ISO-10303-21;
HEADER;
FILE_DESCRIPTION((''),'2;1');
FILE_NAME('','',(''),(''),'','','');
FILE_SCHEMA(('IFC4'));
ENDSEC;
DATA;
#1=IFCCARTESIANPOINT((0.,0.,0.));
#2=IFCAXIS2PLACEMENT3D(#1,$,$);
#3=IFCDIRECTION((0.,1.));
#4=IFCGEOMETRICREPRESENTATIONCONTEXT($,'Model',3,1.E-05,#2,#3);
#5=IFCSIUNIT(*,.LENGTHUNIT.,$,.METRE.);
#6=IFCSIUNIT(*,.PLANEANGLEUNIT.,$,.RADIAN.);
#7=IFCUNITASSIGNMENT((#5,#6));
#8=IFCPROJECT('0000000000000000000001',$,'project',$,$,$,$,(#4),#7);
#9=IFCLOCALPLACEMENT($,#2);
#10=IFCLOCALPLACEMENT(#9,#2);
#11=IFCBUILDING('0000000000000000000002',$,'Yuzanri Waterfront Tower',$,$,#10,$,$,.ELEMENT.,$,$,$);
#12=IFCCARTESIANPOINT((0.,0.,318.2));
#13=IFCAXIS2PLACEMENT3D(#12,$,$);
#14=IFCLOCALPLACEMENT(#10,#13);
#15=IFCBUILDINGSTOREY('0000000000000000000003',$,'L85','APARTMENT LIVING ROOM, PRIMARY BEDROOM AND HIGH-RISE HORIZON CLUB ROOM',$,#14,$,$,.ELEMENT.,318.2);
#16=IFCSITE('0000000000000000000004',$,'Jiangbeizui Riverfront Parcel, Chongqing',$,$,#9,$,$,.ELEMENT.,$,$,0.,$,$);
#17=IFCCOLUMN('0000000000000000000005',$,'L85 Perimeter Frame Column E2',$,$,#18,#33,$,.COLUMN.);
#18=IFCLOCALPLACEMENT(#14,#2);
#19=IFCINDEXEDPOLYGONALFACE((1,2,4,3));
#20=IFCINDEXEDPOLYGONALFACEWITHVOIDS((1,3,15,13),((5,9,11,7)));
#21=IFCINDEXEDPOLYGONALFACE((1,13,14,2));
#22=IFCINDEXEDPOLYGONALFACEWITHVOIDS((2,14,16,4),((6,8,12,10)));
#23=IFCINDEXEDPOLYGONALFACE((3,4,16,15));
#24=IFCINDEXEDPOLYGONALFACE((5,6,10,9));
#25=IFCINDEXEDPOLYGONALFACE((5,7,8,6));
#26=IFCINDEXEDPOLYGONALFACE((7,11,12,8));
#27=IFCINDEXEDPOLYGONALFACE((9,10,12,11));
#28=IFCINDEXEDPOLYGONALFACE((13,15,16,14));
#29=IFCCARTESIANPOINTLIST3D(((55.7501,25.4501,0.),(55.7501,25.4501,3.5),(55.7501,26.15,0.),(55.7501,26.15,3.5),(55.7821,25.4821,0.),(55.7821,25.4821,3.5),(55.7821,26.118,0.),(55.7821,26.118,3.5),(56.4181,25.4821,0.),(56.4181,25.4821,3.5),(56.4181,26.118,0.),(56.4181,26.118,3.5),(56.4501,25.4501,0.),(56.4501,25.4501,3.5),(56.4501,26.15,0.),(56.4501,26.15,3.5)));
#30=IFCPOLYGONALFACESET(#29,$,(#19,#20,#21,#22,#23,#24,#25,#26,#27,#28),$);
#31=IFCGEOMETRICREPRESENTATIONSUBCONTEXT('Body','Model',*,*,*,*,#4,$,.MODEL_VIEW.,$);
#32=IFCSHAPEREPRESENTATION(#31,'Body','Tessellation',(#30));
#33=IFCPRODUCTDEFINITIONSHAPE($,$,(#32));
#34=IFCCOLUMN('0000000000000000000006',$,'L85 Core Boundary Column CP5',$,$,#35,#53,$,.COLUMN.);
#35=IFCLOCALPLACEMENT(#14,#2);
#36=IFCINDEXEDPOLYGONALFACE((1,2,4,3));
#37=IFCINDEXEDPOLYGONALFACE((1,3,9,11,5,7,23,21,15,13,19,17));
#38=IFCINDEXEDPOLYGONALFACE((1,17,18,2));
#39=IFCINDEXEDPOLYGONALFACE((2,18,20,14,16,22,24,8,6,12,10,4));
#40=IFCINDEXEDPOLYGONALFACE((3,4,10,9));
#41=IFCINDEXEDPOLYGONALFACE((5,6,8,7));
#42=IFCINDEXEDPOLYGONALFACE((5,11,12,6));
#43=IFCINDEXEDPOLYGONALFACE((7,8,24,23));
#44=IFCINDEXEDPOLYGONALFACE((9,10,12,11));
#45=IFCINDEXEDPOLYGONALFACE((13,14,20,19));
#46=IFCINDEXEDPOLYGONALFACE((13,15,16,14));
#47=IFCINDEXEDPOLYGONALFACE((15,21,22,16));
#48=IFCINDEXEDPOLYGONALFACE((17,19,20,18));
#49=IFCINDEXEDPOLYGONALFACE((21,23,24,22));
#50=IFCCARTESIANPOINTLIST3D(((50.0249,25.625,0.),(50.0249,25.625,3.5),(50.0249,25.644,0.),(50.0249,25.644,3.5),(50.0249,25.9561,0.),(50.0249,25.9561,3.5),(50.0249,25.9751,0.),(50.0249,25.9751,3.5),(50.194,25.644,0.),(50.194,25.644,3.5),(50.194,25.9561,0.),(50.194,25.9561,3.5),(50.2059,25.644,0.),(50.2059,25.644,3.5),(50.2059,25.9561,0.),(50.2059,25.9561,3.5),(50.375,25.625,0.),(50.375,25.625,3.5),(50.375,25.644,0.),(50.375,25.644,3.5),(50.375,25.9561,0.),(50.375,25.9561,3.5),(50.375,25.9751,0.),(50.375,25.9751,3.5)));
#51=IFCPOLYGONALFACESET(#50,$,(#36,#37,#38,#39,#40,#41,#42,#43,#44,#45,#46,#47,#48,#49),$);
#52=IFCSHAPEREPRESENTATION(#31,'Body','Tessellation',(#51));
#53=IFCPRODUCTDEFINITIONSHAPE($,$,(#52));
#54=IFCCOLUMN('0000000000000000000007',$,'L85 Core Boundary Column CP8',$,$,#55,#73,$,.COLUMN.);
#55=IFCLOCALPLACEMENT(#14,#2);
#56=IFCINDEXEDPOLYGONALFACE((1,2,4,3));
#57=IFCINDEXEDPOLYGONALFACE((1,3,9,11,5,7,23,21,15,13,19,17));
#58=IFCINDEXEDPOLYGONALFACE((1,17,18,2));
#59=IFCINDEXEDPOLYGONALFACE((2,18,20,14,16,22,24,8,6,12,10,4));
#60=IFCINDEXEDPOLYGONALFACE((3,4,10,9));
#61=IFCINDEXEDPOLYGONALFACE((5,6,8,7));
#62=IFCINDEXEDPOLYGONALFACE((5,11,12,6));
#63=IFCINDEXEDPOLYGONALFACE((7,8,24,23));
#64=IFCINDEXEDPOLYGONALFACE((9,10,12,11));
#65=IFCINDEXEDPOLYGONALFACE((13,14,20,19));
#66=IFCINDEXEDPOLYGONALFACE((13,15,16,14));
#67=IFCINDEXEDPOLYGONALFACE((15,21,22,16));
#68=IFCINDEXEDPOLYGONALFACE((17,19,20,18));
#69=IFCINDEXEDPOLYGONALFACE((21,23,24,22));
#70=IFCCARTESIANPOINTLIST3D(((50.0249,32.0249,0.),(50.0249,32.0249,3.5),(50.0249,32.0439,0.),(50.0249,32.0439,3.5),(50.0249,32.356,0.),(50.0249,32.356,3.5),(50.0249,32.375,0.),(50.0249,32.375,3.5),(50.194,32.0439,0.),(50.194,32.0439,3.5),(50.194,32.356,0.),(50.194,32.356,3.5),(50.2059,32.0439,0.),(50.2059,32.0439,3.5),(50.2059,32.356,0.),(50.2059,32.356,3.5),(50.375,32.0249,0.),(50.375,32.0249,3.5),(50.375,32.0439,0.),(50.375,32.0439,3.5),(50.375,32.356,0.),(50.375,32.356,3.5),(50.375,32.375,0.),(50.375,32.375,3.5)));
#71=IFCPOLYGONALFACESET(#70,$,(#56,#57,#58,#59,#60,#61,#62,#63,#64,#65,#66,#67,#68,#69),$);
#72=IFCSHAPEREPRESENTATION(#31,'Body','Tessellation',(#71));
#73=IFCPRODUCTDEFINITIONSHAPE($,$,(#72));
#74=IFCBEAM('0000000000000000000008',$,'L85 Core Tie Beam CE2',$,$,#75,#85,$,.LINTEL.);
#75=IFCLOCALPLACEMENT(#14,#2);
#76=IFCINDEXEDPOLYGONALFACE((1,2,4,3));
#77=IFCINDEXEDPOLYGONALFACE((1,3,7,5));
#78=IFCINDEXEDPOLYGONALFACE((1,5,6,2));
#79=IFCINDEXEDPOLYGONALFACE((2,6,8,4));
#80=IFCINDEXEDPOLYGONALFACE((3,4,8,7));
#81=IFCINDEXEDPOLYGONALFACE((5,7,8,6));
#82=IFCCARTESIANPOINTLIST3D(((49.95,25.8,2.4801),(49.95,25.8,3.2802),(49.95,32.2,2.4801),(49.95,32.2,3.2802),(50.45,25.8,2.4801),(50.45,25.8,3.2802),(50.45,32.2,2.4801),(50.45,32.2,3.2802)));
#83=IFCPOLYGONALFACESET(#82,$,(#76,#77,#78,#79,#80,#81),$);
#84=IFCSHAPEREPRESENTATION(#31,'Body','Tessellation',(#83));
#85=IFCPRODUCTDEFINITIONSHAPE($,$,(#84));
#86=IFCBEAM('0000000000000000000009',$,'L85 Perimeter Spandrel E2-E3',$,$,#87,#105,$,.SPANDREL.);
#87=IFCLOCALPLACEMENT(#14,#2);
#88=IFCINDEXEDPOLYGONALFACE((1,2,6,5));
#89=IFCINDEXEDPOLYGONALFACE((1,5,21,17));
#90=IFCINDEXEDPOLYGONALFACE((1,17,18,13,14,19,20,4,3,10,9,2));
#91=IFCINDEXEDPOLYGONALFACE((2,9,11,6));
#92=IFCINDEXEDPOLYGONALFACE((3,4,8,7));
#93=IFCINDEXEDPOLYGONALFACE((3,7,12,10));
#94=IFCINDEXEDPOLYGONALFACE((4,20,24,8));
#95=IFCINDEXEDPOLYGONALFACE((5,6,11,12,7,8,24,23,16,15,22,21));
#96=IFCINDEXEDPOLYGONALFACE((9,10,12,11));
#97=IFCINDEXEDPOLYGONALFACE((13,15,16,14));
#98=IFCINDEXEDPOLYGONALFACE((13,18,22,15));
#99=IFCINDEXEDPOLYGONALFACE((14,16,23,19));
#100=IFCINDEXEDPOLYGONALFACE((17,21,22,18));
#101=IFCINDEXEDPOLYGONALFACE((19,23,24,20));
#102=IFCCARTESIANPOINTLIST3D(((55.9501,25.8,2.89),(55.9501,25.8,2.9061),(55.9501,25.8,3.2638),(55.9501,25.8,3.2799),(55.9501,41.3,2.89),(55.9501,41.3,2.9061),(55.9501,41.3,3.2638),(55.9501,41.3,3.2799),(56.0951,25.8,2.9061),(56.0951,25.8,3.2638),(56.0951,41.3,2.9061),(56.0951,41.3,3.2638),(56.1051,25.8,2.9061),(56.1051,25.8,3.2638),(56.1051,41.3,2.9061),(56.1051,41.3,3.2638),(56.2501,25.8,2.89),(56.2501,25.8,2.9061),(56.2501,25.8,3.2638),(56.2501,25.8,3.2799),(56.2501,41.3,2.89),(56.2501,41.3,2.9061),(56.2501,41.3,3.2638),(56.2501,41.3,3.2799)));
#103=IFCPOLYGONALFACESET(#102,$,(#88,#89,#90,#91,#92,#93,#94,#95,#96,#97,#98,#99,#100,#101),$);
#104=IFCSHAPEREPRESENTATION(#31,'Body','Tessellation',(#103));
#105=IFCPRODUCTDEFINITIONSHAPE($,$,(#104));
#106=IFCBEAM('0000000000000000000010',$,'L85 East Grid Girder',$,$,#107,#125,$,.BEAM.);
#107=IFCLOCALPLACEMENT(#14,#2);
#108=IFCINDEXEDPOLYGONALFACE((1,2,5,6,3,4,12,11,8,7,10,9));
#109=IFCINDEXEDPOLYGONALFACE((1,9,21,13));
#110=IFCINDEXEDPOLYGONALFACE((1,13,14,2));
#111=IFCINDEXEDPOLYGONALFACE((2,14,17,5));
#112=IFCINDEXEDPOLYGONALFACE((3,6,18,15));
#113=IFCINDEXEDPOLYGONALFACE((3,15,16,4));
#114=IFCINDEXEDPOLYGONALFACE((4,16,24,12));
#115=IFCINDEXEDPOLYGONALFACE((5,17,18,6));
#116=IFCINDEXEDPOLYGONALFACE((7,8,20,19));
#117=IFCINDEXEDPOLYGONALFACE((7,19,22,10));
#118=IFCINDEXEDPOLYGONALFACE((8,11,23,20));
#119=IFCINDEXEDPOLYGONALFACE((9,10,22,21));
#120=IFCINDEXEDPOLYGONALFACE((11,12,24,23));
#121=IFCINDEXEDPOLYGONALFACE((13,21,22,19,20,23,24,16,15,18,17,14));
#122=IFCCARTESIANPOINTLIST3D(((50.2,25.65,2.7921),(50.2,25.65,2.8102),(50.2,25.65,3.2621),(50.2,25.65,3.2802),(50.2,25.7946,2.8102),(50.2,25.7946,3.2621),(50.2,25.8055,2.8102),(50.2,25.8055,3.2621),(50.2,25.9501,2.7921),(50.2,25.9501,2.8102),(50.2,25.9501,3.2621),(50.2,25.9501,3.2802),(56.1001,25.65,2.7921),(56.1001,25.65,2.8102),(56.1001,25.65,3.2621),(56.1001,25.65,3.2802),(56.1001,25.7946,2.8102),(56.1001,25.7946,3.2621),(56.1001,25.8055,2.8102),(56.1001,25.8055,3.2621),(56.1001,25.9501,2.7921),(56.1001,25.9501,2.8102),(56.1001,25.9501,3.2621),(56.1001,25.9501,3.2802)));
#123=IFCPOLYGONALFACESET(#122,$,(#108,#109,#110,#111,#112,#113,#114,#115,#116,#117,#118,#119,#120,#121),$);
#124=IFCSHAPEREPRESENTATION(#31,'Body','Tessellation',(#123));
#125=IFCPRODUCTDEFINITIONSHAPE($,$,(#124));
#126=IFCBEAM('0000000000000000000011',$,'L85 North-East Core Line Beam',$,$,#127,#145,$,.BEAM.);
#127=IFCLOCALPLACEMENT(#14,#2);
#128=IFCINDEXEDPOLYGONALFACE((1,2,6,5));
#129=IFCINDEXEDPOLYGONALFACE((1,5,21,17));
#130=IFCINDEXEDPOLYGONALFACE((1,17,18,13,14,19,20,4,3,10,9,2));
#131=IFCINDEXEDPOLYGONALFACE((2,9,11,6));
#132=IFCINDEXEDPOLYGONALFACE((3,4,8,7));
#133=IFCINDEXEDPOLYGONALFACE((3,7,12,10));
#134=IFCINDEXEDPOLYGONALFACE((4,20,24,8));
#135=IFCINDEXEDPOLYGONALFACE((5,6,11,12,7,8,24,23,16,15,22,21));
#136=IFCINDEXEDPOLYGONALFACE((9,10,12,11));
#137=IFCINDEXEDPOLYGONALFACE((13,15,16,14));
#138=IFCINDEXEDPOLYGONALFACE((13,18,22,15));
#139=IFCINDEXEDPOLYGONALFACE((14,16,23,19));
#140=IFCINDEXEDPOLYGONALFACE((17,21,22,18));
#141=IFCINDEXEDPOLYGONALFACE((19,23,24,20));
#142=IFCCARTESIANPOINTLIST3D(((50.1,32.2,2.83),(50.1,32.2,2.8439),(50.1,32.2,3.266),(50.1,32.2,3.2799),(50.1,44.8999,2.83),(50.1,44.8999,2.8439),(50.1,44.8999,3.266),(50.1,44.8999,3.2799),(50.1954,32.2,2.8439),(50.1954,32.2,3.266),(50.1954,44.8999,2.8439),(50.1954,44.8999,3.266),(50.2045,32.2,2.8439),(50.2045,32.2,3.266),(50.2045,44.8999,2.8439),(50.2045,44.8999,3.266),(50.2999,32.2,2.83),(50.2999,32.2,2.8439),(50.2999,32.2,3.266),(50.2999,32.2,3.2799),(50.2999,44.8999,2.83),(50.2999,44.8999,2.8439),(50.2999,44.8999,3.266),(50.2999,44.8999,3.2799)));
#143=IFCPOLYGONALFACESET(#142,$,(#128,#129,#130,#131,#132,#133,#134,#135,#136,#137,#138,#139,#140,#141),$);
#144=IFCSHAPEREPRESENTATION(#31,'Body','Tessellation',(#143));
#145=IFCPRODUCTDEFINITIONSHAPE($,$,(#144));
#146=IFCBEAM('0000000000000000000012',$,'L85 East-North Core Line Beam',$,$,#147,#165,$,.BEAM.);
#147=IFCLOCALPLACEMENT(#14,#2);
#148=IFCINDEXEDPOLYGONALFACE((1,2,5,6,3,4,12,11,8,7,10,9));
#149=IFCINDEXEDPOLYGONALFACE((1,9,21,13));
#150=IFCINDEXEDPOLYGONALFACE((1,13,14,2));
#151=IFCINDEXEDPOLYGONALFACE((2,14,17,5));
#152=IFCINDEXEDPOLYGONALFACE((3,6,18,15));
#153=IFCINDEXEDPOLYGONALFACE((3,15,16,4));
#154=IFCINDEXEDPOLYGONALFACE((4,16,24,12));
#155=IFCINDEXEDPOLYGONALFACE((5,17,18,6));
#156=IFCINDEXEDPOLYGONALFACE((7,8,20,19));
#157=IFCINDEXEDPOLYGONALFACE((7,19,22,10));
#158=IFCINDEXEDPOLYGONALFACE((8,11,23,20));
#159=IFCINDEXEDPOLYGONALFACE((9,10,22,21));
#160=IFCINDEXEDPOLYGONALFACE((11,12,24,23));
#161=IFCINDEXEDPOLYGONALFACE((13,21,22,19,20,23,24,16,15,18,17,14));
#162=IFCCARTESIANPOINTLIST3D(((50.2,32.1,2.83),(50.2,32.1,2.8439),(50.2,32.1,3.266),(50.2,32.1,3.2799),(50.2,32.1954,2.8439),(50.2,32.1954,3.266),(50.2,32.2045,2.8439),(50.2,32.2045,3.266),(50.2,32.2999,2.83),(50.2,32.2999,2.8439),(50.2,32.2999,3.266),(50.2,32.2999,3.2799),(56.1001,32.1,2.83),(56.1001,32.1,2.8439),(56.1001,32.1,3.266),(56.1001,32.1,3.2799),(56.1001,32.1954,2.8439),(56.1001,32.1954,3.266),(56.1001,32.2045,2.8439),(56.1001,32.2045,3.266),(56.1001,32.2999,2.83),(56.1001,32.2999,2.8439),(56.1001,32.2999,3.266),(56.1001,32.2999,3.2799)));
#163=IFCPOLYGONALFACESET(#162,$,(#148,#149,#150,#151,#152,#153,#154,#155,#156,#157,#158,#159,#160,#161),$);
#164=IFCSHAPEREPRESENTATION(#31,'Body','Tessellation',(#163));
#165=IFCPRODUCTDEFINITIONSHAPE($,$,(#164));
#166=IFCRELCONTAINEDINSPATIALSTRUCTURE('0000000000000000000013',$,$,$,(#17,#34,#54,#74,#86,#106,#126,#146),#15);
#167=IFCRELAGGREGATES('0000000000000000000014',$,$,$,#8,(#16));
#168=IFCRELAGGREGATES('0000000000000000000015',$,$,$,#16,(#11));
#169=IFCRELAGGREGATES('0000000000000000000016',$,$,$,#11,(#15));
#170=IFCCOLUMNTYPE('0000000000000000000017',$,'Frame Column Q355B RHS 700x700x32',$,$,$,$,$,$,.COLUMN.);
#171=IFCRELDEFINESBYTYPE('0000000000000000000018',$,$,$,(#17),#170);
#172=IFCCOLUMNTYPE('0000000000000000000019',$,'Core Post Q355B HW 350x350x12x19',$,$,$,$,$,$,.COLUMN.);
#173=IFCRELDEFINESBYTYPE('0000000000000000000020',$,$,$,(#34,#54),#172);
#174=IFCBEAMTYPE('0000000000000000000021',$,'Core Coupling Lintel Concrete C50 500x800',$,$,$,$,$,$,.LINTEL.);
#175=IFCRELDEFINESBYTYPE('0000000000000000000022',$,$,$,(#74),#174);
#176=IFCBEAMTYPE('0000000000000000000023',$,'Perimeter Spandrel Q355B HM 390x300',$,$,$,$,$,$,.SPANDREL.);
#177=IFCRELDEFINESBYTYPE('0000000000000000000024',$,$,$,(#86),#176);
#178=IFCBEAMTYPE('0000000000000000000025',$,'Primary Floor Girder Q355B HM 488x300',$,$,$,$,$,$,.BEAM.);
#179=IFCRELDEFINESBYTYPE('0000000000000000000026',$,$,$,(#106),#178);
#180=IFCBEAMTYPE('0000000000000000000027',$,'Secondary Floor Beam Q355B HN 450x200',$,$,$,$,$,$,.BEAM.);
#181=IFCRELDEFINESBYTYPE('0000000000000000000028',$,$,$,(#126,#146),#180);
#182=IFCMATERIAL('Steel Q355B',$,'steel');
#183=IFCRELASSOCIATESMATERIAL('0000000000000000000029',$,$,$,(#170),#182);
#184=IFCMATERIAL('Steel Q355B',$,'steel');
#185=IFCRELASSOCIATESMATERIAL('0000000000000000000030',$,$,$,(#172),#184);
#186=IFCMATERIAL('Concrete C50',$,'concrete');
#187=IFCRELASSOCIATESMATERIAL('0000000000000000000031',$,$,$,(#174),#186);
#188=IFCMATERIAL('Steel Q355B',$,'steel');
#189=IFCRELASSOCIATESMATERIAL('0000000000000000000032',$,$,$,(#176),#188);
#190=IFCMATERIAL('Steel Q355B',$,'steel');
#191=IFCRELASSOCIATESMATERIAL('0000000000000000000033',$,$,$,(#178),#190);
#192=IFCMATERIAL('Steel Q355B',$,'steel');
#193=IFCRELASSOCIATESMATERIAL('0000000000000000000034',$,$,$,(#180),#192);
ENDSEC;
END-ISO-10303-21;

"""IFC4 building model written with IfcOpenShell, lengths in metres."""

from ifc_helpers import new_model, si_unit, direction, frame, origin, origin_2d, place, context, subcontext, project, spatial, rectangle, hollow_rectangle, i_section, extrude, source, transform, mapped, material, material_profile, profile_set, type_object, element, save


model = new_model("IFC4")

# Units and contexts
model_context = context("Model", 3, precision=1e-05, world=origin(), true_north=direction((0.0, 1.0)))
body_context = subcontext(model_context, "Body", "Model", "MODEL_VIEW")
ifc_project = project(units=[si_unit("LENGTHUNIT", "METRE"), si_unit("PLANEANGLEUNIT", "RADIAN")], contexts=[model_context])

# Site, building, storey
site_placement = place(None, origin())
site = spatial("IfcSite", under=ifc_project, at=site_placement, Name="Jiangbeizui Riverfront Parcel, Chongqing", CompositionType="ELEMENT", RefElevation=0.0)
building_placement = place(site_placement, origin())
building = spatial("IfcBuilding", under=site, at=building_placement, Name="Yuzanri Waterfront Tower", CompositionType="ELEMENT")
storey_placement = place(building_placement, frame((0.0, 0.0, 318.2)))
storey = spatial("IfcBuildingStorey", under=building, at=storey_placement, Name="L85", Description="APARTMENT LIVING ROOM, PRIMARY BEDROOM AND HIGH-RISE HORIZON CLUB ROOM", CompositionType="ELEMENT", Elevation=318.2)

# Columns
ifc_material_1 = material(Name="Steel Q355B", Category="steel")
ifc_material_profile_1 = material_profile(ifc_material_1, hollow_rectangle(XDim=0.7, YDim=0.7, WallThickness=0.032, at=origin_2d()), Name="RHS 700x700x32")
ifc_profile_set_1 = profile_set([ifc_material_profile_1], Name="Steel Q355B")
column_type_1 = type_object("IfcColumnType", Name="Frame Column Q355B RHS 700x700x32", PredefinedType="COLUMN", material=ifc_profile_set_1)
shared_shape_1 = source(origin(), body_context, "Body", "SweptSolid", [
    extrude(hollow_rectangle(XDim=0.7, YDim=0.7, WallThickness=0.032, at=origin_2d()), origin(), (0.0, 0.0, 1.0), 3.5),
])
column_placement = place(storey_placement, frame((56.1001, 25.8, 0.0), z_axis=(0.0, 0.0, 1.0), x_axis=(1.0, 0.0, 0.0)))
element("IfcColumn", 1, at=column_placement, inside=storey, type_object=column_type_1, Name="L85 Perimeter Frame Column E2", PredefinedType="COLUMN", context=body_context, shape_type="MappedRepresentation", body=[
    mapped(shared_shape_1, transform((0.0, 0.0, 0.0), scale=1.0)),
])
ifc_material_2 = material(Name="Steel Q355B", Category="steel")
ifc_material_profile_2 = material_profile(ifc_material_2, i_section(OverallWidth=0.3501, OverallDepth=0.3501, WebThickness=0.012, FlangeThickness=0.019, at=origin_2d()), Name="HW 350x350x12x19")
ifc_profile_set_2 = profile_set([ifc_material_profile_2], Name="Steel Q355B")
column_type_2 = type_object("IfcColumnType", Name="Core Post Q355B HW 350x350x12x19", PredefinedType="COLUMN", material=ifc_profile_set_2)
shared_shape_2 = source(origin(), body_context, "Body", "SweptSolid", [
    extrude(i_section(OverallWidth=0.3501, OverallDepth=0.3501, WebThickness=0.012, FlangeThickness=0.019, at=origin_2d()), origin(), (0.0, 0.0, 1.0), 3.5),
])
for number, where, z_axis, x_axis, name in (
    (2, (50.2, 25.8, 0.0), (0.0, 0.0, 1.0), (1.0, 0.0, 0.0), "L85 Core Boundary Column CP5"),
    (3, (50.2, 32.2, 0.0), (0.0, 0.0, 1.0), (1.0, 0.0, 0.0), "L85 Core Boundary Column CP8"),
):
    element("IfcColumn", number, at=place(storey_placement, frame(where, z_axis=z_axis, x_axis=x_axis)), inside=storey, type_object=column_type_2, Name=name, PredefinedType="COLUMN", context=body_context, shape_type="MappedRepresentation", body=[
        mapped(shared_shape_2, transform((0.0, 0.0, 0.0), scale=1.0)),
    ])

# Beams
ifc_material_3 = material(Name="Concrete C50", Category="concrete")
ifc_material_profile_3 = material_profile(ifc_material_3, rectangle(XDim=0.5, YDim=0.8, at=origin_2d()), Name="RC 500x800")
ifc_profile_set_3 = profile_set([ifc_material_profile_3], Name="Concrete C50")
beam_type_1 = type_object("IfcBeamType", Name="Core Coupling Lintel Concrete C50 500x800", PredefinedType="LINTEL", material=ifc_profile_set_3)
shared_shape_3 = source(origin(), body_context, "Body", "SweptSolid", [
    extrude(rectangle(XDim=0.5, YDim=0.8, at=origin_2d()), origin(), (0.0, 0.0, 1.0), 6.3999),
])
beam_1_placement = place(storey_placement, frame((50.2, 25.8, 2.8801), z_axis=(0.0, 1.0, 0.0), x_axis=(-1.0, 0.0, 0.0)))
element("IfcBeam", 4, at=beam_1_placement, inside=storey, type_object=beam_type_1, Name="L85 Core Tie Beam CE2", PredefinedType="LINTEL", context=body_context, shape_type="MappedRepresentation", body=[
    mapped(shared_shape_3, transform((0.0, 0.0, 0.0), scale=1.0)),
])
ifc_material_4 = material(Name="Steel Q355B", Category="steel")
ifc_material_profile_4 = material_profile(ifc_material_4, i_section(OverallWidth=0.3, OverallDepth=0.3899, WebThickness=0.01, FlangeThickness=0.0161, at=origin_2d()), Name="HM 390x300x10x16")
ifc_profile_set_4 = profile_set([ifc_material_profile_4], Name="Steel Q355B")
beam_type_2 = type_object("IfcBeamType", Name="Perimeter Spandrel Q355B HM 390x300", PredefinedType="SPANDREL", material=ifc_profile_set_4)
shared_shape_4 = source(origin(), body_context, "Body", "SweptSolid", [
    extrude(i_section(OverallWidth=0.3, OverallDepth=0.3899, WebThickness=0.01, FlangeThickness=0.0161, at=origin_2d()), origin(), (0.0, 0.0, 1.0), 15.5),
])
beam_2_placement = place(storey_placement, frame((56.1001, 25.8, 3.085), z_axis=(0.0, 1.0, 0.0), x_axis=(-1.0, 0.0, 0.0)))
element("IfcBeam", 5, at=beam_2_placement, inside=storey, type_object=beam_type_2, Name="L85 Perimeter Spandrel E2-E3", PredefinedType="SPANDREL", context=body_context, shape_type="MappedRepresentation", body=[
    mapped(shared_shape_4, transform((0.0, 0.0, 0.0), scale=1.0)),
])
ifc_material_5 = material(Name="Steel Q355B", Category="steel")
ifc_material_profile_5 = material_profile(ifc_material_5, i_section(OverallWidth=0.3, OverallDepth=0.488, WebThickness=0.011, FlangeThickness=0.0181, at=origin_2d()), Name="HM 488x300x11x18")
ifc_profile_set_5 = profile_set([ifc_material_profile_5], Name="Steel Q355B")
beam_type_3 = type_object("IfcBeamType", Name="Primary Floor Girder Q355B HM 488x300", PredefinedType="BEAM", material=ifc_profile_set_5)
shared_shape_5 = source(origin(), body_context, "Body", "SweptSolid", [
    extrude(i_section(OverallWidth=0.3, OverallDepth=0.488, WebThickness=0.011, FlangeThickness=0.0181, at=origin_2d()), origin(), (0.0, 0.0, 1.0), 5.9001),
])
beam_3_placement = place(storey_placement, frame((50.2, 25.8, 3.0361), z_axis=(1.0, 0.0, 0.0), x_axis=(0.0, 1.0, 0.0)))
element("IfcBeam", 6, at=beam_3_placement, inside=storey, type_object=beam_type_3, Name="L85 East Grid Girder", PredefinedType="BEAM", context=body_context, shape_type="MappedRepresentation", body=[
    mapped(shared_shape_5, transform((0.0, 0.0, 0.0), scale=1.0)),
])
ifc_material_6 = material(Name="Steel Q355B", Category="steel")
ifc_material_profile_6 = material_profile(ifc_material_6, i_section(OverallWidth=0.2, OverallDepth=0.45, WebThickness=0.009, FlangeThickness=0.0139, at=origin_2d()), Name="HN 450x200x9x14")
ifc_profile_set_6 = profile_set([ifc_material_profile_6], Name="Steel Q355B")
beam_type_4 = type_object("IfcBeamType", Name="Secondary Floor Beam Q355B HN 450x200", PredefinedType="BEAM", material=ifc_profile_set_6)
shared_shape_6 = source(origin(), body_context, "Body", "SweptSolid", [
    extrude(i_section(OverallWidth=0.2, OverallDepth=0.45, WebThickness=0.009, FlangeThickness=0.0139, at=origin_2d()), origin(), (0.0, 0.0, 1.0), 12.7),
])
beam_4_placement = place(storey_placement, frame((50.2, 32.2, 3.0549), z_axis=(0.0, 1.0, 0.0), x_axis=(-1.0, 0.0, 0.0)))
element("IfcBeam", 7, at=beam_4_placement, inside=storey, type_object=beam_type_4, Name="L85 North-East Core Line Beam", PredefinedType="BEAM", context=body_context, shape_type="MappedRepresentation", body=[
    mapped(shared_shape_6, transform((0.0, 0.0, 0.0), scale=1.0)),
])
shared_shape_7 = source(origin(), body_context, "Body", "SweptSolid", [
    extrude(i_section(OverallWidth=0.2, OverallDepth=0.45, WebThickness=0.009, FlangeThickness=0.0139, at=origin_2d()), origin(), (0.0, 0.0, 1.0), 5.9001),
])
beam_5_placement = place(storey_placement, frame((50.2, 32.2, 3.0549), z_axis=(1.0, 0.0, 0.0), x_axis=(0.0, 1.0, 0.0)))
element("IfcBeam", 8, at=beam_5_placement, inside=storey, type_object=beam_type_4, Name="L85 East-North Core Line Beam", PredefinedType="BEAM", context=body_context, shape_type="MappedRepresentation", body=[
    mapped(shared_shape_7, transform((0.0, 0.0, 0.0), scale=1.0)),
])

save(model, "model.ifc")
